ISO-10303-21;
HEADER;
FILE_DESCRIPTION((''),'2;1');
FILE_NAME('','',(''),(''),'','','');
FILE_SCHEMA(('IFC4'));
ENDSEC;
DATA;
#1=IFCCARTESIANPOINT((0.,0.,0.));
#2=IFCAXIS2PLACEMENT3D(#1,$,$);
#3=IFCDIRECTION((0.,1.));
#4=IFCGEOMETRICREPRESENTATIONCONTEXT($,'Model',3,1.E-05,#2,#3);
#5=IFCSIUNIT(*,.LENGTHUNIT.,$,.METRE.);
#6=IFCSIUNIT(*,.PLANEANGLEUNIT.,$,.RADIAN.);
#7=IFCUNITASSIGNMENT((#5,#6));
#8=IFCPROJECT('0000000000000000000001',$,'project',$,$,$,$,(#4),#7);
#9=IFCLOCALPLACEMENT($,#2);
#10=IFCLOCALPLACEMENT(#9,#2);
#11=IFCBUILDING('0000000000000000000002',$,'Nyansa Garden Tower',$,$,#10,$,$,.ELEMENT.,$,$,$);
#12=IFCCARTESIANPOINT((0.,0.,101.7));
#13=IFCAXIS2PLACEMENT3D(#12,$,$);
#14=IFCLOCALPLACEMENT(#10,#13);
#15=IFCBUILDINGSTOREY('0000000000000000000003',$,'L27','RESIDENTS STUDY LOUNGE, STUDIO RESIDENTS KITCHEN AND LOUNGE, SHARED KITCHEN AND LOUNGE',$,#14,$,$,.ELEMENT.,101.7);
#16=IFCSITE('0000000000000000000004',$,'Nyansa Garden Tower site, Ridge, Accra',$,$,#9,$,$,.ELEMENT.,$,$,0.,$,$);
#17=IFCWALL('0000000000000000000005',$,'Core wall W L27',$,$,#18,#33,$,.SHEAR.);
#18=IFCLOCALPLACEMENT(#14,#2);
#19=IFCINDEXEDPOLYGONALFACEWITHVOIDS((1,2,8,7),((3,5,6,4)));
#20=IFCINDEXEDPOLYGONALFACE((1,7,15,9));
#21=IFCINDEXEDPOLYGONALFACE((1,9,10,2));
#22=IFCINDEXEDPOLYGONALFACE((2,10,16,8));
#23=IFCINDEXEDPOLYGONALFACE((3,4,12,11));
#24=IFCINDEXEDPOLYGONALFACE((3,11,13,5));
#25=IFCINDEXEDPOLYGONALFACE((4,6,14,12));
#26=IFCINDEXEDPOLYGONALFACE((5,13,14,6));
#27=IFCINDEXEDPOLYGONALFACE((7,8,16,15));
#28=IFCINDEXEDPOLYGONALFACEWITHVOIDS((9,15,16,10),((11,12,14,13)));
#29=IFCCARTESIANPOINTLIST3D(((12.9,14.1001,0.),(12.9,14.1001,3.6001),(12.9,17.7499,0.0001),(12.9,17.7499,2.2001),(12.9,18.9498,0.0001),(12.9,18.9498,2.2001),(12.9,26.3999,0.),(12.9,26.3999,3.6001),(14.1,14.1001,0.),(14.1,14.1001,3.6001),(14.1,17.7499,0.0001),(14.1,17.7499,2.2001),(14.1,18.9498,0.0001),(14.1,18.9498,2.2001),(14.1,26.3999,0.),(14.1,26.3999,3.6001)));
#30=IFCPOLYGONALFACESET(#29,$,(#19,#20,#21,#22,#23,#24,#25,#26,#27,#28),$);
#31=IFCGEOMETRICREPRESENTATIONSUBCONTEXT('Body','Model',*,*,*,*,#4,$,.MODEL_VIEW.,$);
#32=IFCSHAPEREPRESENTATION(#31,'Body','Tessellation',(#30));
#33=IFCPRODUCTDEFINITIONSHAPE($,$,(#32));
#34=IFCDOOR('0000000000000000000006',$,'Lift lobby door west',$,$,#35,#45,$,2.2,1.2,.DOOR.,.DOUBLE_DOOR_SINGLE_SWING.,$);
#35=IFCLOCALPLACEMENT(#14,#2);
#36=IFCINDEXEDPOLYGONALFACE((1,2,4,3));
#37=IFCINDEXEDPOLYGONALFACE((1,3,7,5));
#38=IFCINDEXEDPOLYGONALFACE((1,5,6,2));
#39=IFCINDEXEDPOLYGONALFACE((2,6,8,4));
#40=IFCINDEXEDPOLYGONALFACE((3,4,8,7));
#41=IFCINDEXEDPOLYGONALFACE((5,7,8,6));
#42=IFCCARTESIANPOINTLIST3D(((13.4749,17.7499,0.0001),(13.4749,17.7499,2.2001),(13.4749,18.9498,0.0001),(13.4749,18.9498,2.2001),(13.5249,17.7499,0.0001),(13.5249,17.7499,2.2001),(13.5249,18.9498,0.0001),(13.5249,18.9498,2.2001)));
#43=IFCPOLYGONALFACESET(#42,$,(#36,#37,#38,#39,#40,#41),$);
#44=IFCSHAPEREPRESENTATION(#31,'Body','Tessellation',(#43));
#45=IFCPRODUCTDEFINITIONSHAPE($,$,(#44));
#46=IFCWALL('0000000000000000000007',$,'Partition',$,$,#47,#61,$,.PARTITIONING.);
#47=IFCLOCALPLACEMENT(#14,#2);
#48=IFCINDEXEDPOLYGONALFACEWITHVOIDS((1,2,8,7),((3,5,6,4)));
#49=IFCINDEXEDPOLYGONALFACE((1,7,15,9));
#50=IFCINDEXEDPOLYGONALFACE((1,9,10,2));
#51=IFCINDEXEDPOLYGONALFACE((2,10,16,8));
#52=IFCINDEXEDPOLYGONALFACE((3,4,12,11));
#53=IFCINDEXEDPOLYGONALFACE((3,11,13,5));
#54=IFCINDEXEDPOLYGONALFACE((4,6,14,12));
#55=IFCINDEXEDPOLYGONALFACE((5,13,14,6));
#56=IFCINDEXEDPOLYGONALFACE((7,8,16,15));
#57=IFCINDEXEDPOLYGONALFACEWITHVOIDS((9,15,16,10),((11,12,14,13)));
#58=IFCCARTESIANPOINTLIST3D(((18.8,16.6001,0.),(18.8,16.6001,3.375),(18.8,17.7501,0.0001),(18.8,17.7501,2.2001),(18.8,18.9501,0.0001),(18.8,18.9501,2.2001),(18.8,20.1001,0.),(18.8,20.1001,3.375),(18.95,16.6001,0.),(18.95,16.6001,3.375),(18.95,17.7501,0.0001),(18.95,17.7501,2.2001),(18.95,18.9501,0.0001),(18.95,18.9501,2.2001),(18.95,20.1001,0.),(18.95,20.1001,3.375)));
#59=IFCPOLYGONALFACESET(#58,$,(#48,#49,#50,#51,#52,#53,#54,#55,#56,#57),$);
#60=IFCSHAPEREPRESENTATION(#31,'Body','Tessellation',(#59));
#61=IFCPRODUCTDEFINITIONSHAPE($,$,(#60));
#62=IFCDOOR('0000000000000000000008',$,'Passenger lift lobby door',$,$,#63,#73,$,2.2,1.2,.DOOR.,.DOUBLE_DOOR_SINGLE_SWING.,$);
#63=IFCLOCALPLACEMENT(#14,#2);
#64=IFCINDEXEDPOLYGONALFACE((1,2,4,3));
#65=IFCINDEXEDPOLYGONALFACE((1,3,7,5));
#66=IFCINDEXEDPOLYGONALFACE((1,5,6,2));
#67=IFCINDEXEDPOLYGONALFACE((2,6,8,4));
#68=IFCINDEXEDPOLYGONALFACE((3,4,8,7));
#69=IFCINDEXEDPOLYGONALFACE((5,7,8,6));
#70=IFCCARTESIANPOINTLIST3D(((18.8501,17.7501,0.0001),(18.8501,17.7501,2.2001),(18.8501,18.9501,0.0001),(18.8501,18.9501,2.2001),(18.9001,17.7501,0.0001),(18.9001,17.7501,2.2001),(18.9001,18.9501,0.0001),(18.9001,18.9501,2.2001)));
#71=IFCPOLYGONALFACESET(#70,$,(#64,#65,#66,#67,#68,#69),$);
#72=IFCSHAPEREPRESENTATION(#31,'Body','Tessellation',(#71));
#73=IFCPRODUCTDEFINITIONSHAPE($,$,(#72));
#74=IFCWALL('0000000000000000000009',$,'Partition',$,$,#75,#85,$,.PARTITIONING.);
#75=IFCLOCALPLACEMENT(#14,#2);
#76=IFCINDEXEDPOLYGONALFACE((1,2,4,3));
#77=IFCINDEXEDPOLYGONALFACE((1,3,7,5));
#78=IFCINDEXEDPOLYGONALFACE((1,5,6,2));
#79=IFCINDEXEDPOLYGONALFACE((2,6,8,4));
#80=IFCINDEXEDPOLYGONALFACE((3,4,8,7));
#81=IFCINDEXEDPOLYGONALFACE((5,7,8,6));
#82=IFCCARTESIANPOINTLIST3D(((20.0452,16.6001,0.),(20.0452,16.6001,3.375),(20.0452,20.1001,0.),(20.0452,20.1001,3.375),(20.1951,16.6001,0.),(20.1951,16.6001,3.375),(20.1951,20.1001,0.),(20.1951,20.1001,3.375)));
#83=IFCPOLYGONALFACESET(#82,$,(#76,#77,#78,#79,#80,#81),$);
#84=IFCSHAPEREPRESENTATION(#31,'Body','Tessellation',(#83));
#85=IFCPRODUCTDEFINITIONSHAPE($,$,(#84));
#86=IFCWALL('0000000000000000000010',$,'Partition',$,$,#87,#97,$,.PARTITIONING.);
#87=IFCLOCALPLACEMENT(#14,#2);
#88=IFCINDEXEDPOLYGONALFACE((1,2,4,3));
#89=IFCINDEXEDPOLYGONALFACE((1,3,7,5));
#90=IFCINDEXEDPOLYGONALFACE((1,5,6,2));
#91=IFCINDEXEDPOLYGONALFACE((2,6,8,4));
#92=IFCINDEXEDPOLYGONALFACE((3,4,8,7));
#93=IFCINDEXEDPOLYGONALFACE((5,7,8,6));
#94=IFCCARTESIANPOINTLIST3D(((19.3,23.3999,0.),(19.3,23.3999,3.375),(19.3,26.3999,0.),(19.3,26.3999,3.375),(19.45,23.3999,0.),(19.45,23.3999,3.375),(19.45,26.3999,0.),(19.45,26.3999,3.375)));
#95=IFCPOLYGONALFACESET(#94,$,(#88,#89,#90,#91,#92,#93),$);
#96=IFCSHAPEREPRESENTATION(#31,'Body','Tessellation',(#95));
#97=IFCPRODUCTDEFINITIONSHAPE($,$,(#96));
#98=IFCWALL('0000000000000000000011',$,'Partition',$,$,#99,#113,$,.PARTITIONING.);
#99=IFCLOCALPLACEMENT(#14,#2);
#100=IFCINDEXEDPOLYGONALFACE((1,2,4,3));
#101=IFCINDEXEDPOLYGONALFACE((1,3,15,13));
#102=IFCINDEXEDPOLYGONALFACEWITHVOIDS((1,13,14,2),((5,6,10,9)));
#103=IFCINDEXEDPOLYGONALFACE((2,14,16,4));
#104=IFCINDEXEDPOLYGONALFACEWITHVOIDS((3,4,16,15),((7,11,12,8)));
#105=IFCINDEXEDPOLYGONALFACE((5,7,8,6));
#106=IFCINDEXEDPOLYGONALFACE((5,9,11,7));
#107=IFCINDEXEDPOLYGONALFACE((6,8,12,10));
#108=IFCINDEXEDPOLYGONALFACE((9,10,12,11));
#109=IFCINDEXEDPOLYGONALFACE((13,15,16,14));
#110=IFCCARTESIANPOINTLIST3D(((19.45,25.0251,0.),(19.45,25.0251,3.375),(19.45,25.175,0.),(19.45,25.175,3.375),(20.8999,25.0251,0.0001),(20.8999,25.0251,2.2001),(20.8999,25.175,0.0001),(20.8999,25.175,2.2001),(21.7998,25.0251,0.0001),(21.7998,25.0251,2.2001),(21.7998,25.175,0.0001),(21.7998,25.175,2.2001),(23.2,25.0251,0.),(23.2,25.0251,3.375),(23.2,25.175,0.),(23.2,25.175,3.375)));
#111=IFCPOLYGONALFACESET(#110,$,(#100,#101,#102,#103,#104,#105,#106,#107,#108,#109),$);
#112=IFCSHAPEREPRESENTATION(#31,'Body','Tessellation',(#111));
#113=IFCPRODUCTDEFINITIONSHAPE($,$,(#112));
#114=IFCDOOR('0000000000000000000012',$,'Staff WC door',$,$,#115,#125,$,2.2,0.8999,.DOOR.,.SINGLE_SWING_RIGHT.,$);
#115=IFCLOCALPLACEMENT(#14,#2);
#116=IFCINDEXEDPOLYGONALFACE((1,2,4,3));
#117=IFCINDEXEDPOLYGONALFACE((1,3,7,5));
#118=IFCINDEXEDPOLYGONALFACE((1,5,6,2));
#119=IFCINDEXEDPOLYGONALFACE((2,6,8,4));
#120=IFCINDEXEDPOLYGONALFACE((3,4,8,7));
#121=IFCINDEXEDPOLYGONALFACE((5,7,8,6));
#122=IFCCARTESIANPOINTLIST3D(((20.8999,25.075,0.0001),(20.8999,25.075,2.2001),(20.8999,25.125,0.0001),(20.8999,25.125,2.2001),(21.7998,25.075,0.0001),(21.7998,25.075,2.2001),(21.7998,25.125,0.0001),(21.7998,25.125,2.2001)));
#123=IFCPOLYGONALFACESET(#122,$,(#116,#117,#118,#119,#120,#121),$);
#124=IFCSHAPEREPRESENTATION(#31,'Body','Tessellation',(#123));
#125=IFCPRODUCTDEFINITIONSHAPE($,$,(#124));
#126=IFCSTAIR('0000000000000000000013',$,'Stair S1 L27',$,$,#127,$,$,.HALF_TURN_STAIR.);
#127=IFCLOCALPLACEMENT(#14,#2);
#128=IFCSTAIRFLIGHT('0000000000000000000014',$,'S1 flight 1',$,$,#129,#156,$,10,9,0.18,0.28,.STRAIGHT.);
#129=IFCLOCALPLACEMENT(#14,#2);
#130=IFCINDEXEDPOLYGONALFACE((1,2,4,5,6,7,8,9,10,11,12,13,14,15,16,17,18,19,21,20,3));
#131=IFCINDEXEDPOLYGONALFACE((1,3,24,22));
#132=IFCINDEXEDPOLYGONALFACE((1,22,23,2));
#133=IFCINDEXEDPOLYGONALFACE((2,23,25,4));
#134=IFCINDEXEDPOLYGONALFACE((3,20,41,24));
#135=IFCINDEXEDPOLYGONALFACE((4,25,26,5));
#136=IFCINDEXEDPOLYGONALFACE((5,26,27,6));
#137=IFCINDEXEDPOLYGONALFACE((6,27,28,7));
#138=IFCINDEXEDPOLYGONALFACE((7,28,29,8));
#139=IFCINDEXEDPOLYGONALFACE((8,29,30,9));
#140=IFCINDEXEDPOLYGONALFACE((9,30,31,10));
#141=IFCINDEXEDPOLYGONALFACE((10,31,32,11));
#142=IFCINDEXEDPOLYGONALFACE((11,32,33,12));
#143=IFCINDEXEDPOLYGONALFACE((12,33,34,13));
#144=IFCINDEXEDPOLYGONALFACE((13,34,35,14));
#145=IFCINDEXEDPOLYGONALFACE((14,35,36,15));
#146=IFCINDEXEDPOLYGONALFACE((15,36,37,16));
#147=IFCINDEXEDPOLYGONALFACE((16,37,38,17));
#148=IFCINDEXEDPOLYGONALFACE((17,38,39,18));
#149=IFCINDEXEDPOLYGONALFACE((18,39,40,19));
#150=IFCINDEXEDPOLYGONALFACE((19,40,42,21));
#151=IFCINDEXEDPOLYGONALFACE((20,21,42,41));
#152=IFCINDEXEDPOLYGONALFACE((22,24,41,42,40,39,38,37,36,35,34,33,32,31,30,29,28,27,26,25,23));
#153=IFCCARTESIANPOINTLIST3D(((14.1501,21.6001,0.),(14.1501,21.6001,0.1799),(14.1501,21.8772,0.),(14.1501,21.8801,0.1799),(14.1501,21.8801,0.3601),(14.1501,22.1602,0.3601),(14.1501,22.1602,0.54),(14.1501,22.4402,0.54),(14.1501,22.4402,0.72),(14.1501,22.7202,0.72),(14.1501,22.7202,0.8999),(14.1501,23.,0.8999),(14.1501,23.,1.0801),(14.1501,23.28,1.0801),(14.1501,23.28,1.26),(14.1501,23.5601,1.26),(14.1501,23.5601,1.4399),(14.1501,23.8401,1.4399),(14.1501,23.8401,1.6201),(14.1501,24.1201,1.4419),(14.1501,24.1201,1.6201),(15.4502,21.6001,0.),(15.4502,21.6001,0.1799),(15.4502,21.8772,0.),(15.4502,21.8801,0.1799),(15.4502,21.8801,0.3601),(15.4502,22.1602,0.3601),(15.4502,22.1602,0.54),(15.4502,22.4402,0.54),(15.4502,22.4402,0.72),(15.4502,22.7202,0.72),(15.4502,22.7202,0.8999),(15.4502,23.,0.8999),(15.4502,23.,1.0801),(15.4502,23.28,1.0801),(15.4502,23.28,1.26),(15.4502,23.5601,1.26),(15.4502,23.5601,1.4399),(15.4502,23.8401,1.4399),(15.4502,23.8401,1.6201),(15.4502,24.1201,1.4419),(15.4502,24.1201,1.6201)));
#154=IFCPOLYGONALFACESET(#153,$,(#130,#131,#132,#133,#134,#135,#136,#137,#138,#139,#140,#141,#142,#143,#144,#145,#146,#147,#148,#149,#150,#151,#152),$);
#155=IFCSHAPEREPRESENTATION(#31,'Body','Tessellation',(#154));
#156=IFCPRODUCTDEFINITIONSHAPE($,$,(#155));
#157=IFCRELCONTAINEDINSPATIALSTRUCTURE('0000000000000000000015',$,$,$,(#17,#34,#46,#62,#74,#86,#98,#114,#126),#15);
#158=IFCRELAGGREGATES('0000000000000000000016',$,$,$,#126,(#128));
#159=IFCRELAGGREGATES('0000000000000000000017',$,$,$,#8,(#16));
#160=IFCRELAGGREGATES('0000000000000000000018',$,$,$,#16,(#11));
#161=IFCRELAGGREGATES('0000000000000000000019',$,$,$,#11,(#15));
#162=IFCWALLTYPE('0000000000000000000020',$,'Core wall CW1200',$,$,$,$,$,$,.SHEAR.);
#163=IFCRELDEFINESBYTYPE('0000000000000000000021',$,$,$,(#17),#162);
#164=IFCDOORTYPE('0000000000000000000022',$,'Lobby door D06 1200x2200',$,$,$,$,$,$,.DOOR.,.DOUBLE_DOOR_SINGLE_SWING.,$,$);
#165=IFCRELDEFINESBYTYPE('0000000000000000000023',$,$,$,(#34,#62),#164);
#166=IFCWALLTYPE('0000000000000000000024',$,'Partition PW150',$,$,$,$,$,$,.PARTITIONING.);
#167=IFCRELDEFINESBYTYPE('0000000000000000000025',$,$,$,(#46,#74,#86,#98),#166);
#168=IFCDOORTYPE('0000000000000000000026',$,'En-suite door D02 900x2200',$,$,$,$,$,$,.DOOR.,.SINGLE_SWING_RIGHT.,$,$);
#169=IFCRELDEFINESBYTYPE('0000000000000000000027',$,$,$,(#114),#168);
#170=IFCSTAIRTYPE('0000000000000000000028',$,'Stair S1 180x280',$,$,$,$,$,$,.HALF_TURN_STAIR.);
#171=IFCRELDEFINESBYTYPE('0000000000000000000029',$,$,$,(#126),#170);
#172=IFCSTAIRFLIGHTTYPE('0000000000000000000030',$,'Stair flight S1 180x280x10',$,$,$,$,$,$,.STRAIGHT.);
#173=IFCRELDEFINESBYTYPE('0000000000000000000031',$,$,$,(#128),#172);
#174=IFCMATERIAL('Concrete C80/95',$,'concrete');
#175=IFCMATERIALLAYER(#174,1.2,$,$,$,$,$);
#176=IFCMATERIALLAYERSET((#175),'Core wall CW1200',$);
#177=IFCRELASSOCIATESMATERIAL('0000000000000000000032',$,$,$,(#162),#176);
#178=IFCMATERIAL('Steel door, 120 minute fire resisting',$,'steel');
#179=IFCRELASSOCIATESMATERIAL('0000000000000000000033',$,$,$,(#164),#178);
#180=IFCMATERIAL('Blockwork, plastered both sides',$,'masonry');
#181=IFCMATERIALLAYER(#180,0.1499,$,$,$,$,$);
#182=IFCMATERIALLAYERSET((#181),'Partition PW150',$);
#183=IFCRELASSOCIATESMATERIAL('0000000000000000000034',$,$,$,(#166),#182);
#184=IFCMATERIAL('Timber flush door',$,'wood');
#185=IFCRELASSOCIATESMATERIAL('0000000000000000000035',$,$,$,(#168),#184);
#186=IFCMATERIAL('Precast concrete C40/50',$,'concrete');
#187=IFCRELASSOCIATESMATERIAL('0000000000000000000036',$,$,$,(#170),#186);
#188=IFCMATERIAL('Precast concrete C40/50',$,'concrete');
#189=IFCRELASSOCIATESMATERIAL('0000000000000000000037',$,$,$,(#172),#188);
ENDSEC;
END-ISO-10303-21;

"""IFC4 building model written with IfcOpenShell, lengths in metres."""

from ifc_helpers import new_model, si_unit, direction, frame, frame_2d, origin, place, context, subcontext, project, spatial, polyline, rectangle, outline, extrude, material, layer, layer_set, type_object, element, fill, aggregate, save


model = new_model("IFC4")

# Units and contexts
model_context = context("Model", 3, precision=1e-05, world=origin(), true_north=direction((0.0, 1.0)))
body_context = subcontext(model_context, "Body", "Model", "MODEL_VIEW")
ifc_project = project(units=[si_unit("LENGTHUNIT", "METRE"), si_unit("PLANEANGLEUNIT", "RADIAN")], contexts=[model_context])

# Site, building, storey
site_placement = place(None, origin())
site = spatial("IfcSite", under=ifc_project, at=site_placement, Name="Nyansa Garden Tower site, Ridge, Accra", CompositionType="ELEMENT", RefElevation=0.0)
building_placement = place(site_placement, origin())
building = spatial("IfcBuilding", under=site, at=building_placement, Name="Nyansa Garden Tower", CompositionType="ELEMENT")
storey_placement = place(building_placement, frame((0.0, 0.0, 101.7)))
storey = spatial("IfcBuildingStorey", under=building, at=storey_placement, Name="L27", Description="RESIDENTS STUDY LOUNGE, STUDIO RESIDENTS KITCHEN AND LOUNGE, SHARED KITCHEN AND LOUNGE", CompositionType="ELEMENT", Elevation=101.7)

# Walls, openings, doors
ifc_material_1 = material(Name="Concrete C80/95", Category="concrete")
ifc_layer_1 = layer(ifc_material_1, 1.2)
ifc_layer_set_1 = layer_set([ifc_layer_1], Name="Core wall CW1200")
wall_type_1 = type_object("IfcWallType", Name="Core wall CW1200", PredefinedType="SHEAR", material=ifc_layer_set_1)
wall_1_placement = place(storey_placement, frame((13.5, 26.3999, 0.0), z_axis=(0.0, 0.0, 1.0), x_axis=(0.0, -1.0, 0.0)))
wall_1 = element("IfcWall", 1, at=wall_1_placement, inside=storey, type_object=wall_type_1, Name="Core wall W L27", PredefinedType="SHEAR", context=body_context, shape_type="SweptSolid", body=[
    extrude(rectangle(XDim=12.2998, YDim=1.2, at=frame_2d((6.1499, 0.0))), origin(), (0.0, 0.0, 1.0), 3.6001),
])
opening_1_placement = place(wall_1_placement, frame((7.45, 0.0, 0.0)))
opening_1 = element("IfcOpeningElement", 2, at=opening_1_placement, cuts=wall_1, PredefinedType="OPENING", context=body_context, shape_type="SweptSolid", body=[
    extrude(rectangle(XDim=1.2, YDim=2.2, at=frame_2d((0.6001, 1.1001))), frame((0.0, 0.6099, 0.0), z_axis=(0.0, -1.0, 0.0), x_axis=(1.0, 0.0, 0.0)), (0.0, 0.0, 1.0), 1.22),
])
ifc_material_2 = material(Name="Steel door, 120 minute fire resisting", Category="steel")
door_type_1 = type_object("IfcDoorType", Name="Lobby door D06 1200x2200", OperationType="DOUBLE_DOOR_SINGLE_SWING", PredefinedType="DOOR", material=ifc_material_2)
door_1_placement = place(opening_1_placement, origin())
door_1 = element("IfcDoor", 3, at=door_1_placement, inside=storey, type_object=door_type_1, Name="Lift lobby door west", OperationType="DOUBLE_DOOR_SINGLE_SWING", OverallHeight=2.2, OverallWidth=1.2, PredefinedType="DOOR", context=body_context, shape_type="SweptSolid", body=[
    extrude(rectangle(XDim=1.2, YDim=2.2, at=frame_2d((0.6001, 1.1001))), frame((0.0, 0.0249, 0.0), z_axis=(0.0, -1.0, 0.0), x_axis=(1.0, 0.0, 0.0)), (0.0, 0.0, 1.0), 0.05),
])
fill(opening_1, door_1)
ifc_material_3 = material(Name="Blockwork, plastered both sides", Category="masonry")
ifc_layer_2 = layer(ifc_material_3, 0.1499)
ifc_layer_set_2 = layer_set([ifc_layer_2], Name="Partition PW150")
wall_type_2 = type_object("IfcWallType", Name="Partition PW150", PredefinedType="PARTITIONING", material=ifc_layer_set_2)
wall_2_placement = place(storey_placement, frame((18.875, 16.6001, 0.0), z_axis=(0.0, 0.0, 1.0), x_axis=(0.0, 1.0, 0.0)))
wall_2 = element("IfcWall", 4, at=wall_2_placement, inside=storey, type_object=wall_type_2, Name="Partition", PredefinedType="PARTITIONING", context=body_context, shape_type="SweptSolid", body=[
    extrude(rectangle(XDim=3.5, YDim=0.1499, at=frame_2d((1.75, 0.0))), origin(), (0.0, 0.0, 1.0), 3.375),
])
opening_2_placement = place(wall_2_placement, frame((1.1499, 0.0, 0.0)))
opening_2 = element("IfcOpeningElement", 5, at=opening_2_placement, cuts=wall_2, PredefinedType="OPENING", context=body_context, shape_type="SweptSolid", body=[
    extrude(rectangle(XDim=1.2, YDim=2.2, at=frame_2d((0.6001, 1.1001))), frame((0.0, 0.085, 0.0), z_axis=(0.0, -1.0, 0.0), x_axis=(1.0, 0.0, 0.0)), (0.0, 0.0, 1.0), 0.1699),
])
door_2_placement = place(opening_2_placement, origin())
door_2 = element("IfcDoor", 6, at=door_2_placement, inside=storey, type_object=door_type_1, Name="Passenger lift lobby door", OperationType="DOUBLE_DOOR_SINGLE_SWING", OverallHeight=2.2, OverallWidth=1.2, PredefinedType="DOOR", context=body_context, shape_type="SweptSolid", body=[
    extrude(rectangle(XDim=1.2, YDim=2.2, at=frame_2d((0.6001, 1.1001))), frame((0.0, 0.0249, 0.0), z_axis=(0.0, -1.0, 0.0), x_axis=(1.0, 0.0, 0.0)), (0.0, 0.0, 1.0), 0.05),
])
fill(opening_2, door_2)

# Walls
wall_3_placement = place(storey_placement, frame((20.1201, 16.6001, 0.0), z_axis=(0.0, 0.0, 1.0), x_axis=(0.0, 1.0, 0.0)))
element("IfcWall", 7, at=wall_3_placement, inside=storey, type_object=wall_type_2, Name="Partition", PredefinedType="PARTITIONING", context=body_context, shape_type="SweptSolid", body=[
    extrude(rectangle(XDim=3.5, YDim=0.1499, at=frame_2d((1.75, 0.0))), origin(), (0.0, 0.0, 1.0), 3.375),
])
wall_4_placement = place(storey_placement, frame((19.375, 23.3999, 0.0), z_axis=(0.0, 0.0, 1.0), x_axis=(0.0, 1.0, 0.0)))
element("IfcWall", 8, at=wall_4_placement, inside=storey, type_object=wall_type_2, Name="Partition", PredefinedType="PARTITIONING", context=body_context, shape_type="SweptSolid", body=[
    extrude(rectangle(XDim=3.0, YDim=0.1499, at=frame_2d((1.5, 0.0))), origin(), (0.0, 0.0, 1.0), 3.375),
])

# Wall, opening, door
wall_5_placement = place(storey_placement, frame((19.45, 25.1001, 0.0), z_axis=(0.0, 0.0, 1.0), x_axis=(1.0, 0.0, 0.0)))
wall_5 = element("IfcWall", 9, at=wall_5_placement, inside=storey, type_object=wall_type_2, Name="Partition", PredefinedType="PARTITIONING", context=body_context, shape_type="SweptSolid", body=[
    extrude(rectangle(XDim=3.75, YDim=0.1499, at=frame_2d((1.875, 0.0))), origin(), (0.0, 0.0, 1.0), 3.375),
])
opening_3_placement = place(wall_5_placement, frame((1.45, 0.0, 0.0)))
opening_3 = element("IfcOpeningElement", 10, at=opening_3_placement, cuts=wall_5, PredefinedType="OPENING", context=body_context, shape_type="SweptSolid", body=[
    extrude(rectangle(XDim=0.8999, YDim=2.2, at=frame_2d((0.45, 1.1001))), frame((0.0, 0.085, 0.0), z_axis=(0.0, -1.0, 0.0), x_axis=(1.0, 0.0, 0.0)), (0.0, 0.0, 1.0), 0.1699),
])
ifc_material_4 = material(Name="Timber flush door", Category="wood")
door_type_2 = type_object("IfcDoorType", Name="En-suite door D02 900x2200", OperationType="SINGLE_SWING_RIGHT", PredefinedType="DOOR", material=ifc_material_4)
door_3_placement = place(opening_3_placement, origin())
door_3 = element("IfcDoor", 11, at=door_3_placement, inside=storey, type_object=door_type_2, Name="Staff WC door", OperationType="SINGLE_SWING_RIGHT", OverallHeight=2.2, OverallWidth=0.8999, PredefinedType="DOOR", context=body_context, shape_type="SweptSolid", body=[
    extrude(rectangle(XDim=0.8999, YDim=2.2, at=frame_2d((0.45, 1.1001))), frame((0.0, 0.0249, 0.0), z_axis=(0.0, -1.0, 0.0), x_axis=(1.0, 0.0, 0.0)), (0.0, 0.0, 1.0), 0.05),
])
fill(opening_3, door_3)

# Stair, stair flight
ifc_material_5 = material(Name="Precast concrete C40/50", Category="concrete")
stair_type = type_object("IfcStairType", Name="Stair S1 180x280", PredefinedType="HALF_TURN_STAIR", material=ifc_material_5)
stair_placement = place(storey_placement, origin())
stair = element("IfcStair", 12, at=stair_placement, inside=storey, type_object=stair_type, Name="Stair S1 L27", PredefinedType="HALF_TURN_STAIR")
ifc_material_6 = material(Name="Precast concrete C40/50", Category="concrete")
stair_flight_type = type_object("IfcStairFlightType", Name="Stair flight S1 180x280x10", PredefinedType="STRAIGHT", material=ifc_material_6)
stair_flight_1_placement = place(storey_placement, frame((14.8, 21.6001, 0.0), z_axis=(0.0, 0.0, 1.0), x_axis=(0.0, 1.0, 0.0)))
stair_flight_1 = element("IfcStairFlight", 13, at=stair_flight_1_placement, type_object=stair_flight_type, Name="S1 flight 1", NumberOfRisers=10, NumberOfTreads=9, PredefinedType="STRAIGHT", RiserHeight=0.18, TreadLength=0.28, context=body_context, shape_type="SweptSolid", body=[
    extrude(outline(polyline([(0.0, 0.0), (0.0, 0.1799), (0.28, 0.1799), (0.28, 0.3601), (0.5601, 0.3601), (0.5601, 0.54), (0.8401, 0.54), (0.8401, 0.72), (1.1201, 0.72), (1.1201, 0.8999), (1.3999, 0.8999), (1.3999, 1.0801), (1.6799, 1.0801), (1.6799, 1.26), (1.96, 1.26), (1.96, 1.4399), (2.24, 1.4399), (2.24, 1.6201), (2.52, 1.6201), (2.52, 1.8), (2.52, 1.4419), (0.2771, 0.0), (0.0, 0.0)])), frame((0.0, 0.6499, 0.0), z_axis=(0.0, -1.0, 0.0), x_axis=(1.0, 0.0, 0.0)), (0.0, 0.0, 1.0), 1.3),
])
aggregate(stair, [stair_flight_1])

save(model, "model.ifc")
